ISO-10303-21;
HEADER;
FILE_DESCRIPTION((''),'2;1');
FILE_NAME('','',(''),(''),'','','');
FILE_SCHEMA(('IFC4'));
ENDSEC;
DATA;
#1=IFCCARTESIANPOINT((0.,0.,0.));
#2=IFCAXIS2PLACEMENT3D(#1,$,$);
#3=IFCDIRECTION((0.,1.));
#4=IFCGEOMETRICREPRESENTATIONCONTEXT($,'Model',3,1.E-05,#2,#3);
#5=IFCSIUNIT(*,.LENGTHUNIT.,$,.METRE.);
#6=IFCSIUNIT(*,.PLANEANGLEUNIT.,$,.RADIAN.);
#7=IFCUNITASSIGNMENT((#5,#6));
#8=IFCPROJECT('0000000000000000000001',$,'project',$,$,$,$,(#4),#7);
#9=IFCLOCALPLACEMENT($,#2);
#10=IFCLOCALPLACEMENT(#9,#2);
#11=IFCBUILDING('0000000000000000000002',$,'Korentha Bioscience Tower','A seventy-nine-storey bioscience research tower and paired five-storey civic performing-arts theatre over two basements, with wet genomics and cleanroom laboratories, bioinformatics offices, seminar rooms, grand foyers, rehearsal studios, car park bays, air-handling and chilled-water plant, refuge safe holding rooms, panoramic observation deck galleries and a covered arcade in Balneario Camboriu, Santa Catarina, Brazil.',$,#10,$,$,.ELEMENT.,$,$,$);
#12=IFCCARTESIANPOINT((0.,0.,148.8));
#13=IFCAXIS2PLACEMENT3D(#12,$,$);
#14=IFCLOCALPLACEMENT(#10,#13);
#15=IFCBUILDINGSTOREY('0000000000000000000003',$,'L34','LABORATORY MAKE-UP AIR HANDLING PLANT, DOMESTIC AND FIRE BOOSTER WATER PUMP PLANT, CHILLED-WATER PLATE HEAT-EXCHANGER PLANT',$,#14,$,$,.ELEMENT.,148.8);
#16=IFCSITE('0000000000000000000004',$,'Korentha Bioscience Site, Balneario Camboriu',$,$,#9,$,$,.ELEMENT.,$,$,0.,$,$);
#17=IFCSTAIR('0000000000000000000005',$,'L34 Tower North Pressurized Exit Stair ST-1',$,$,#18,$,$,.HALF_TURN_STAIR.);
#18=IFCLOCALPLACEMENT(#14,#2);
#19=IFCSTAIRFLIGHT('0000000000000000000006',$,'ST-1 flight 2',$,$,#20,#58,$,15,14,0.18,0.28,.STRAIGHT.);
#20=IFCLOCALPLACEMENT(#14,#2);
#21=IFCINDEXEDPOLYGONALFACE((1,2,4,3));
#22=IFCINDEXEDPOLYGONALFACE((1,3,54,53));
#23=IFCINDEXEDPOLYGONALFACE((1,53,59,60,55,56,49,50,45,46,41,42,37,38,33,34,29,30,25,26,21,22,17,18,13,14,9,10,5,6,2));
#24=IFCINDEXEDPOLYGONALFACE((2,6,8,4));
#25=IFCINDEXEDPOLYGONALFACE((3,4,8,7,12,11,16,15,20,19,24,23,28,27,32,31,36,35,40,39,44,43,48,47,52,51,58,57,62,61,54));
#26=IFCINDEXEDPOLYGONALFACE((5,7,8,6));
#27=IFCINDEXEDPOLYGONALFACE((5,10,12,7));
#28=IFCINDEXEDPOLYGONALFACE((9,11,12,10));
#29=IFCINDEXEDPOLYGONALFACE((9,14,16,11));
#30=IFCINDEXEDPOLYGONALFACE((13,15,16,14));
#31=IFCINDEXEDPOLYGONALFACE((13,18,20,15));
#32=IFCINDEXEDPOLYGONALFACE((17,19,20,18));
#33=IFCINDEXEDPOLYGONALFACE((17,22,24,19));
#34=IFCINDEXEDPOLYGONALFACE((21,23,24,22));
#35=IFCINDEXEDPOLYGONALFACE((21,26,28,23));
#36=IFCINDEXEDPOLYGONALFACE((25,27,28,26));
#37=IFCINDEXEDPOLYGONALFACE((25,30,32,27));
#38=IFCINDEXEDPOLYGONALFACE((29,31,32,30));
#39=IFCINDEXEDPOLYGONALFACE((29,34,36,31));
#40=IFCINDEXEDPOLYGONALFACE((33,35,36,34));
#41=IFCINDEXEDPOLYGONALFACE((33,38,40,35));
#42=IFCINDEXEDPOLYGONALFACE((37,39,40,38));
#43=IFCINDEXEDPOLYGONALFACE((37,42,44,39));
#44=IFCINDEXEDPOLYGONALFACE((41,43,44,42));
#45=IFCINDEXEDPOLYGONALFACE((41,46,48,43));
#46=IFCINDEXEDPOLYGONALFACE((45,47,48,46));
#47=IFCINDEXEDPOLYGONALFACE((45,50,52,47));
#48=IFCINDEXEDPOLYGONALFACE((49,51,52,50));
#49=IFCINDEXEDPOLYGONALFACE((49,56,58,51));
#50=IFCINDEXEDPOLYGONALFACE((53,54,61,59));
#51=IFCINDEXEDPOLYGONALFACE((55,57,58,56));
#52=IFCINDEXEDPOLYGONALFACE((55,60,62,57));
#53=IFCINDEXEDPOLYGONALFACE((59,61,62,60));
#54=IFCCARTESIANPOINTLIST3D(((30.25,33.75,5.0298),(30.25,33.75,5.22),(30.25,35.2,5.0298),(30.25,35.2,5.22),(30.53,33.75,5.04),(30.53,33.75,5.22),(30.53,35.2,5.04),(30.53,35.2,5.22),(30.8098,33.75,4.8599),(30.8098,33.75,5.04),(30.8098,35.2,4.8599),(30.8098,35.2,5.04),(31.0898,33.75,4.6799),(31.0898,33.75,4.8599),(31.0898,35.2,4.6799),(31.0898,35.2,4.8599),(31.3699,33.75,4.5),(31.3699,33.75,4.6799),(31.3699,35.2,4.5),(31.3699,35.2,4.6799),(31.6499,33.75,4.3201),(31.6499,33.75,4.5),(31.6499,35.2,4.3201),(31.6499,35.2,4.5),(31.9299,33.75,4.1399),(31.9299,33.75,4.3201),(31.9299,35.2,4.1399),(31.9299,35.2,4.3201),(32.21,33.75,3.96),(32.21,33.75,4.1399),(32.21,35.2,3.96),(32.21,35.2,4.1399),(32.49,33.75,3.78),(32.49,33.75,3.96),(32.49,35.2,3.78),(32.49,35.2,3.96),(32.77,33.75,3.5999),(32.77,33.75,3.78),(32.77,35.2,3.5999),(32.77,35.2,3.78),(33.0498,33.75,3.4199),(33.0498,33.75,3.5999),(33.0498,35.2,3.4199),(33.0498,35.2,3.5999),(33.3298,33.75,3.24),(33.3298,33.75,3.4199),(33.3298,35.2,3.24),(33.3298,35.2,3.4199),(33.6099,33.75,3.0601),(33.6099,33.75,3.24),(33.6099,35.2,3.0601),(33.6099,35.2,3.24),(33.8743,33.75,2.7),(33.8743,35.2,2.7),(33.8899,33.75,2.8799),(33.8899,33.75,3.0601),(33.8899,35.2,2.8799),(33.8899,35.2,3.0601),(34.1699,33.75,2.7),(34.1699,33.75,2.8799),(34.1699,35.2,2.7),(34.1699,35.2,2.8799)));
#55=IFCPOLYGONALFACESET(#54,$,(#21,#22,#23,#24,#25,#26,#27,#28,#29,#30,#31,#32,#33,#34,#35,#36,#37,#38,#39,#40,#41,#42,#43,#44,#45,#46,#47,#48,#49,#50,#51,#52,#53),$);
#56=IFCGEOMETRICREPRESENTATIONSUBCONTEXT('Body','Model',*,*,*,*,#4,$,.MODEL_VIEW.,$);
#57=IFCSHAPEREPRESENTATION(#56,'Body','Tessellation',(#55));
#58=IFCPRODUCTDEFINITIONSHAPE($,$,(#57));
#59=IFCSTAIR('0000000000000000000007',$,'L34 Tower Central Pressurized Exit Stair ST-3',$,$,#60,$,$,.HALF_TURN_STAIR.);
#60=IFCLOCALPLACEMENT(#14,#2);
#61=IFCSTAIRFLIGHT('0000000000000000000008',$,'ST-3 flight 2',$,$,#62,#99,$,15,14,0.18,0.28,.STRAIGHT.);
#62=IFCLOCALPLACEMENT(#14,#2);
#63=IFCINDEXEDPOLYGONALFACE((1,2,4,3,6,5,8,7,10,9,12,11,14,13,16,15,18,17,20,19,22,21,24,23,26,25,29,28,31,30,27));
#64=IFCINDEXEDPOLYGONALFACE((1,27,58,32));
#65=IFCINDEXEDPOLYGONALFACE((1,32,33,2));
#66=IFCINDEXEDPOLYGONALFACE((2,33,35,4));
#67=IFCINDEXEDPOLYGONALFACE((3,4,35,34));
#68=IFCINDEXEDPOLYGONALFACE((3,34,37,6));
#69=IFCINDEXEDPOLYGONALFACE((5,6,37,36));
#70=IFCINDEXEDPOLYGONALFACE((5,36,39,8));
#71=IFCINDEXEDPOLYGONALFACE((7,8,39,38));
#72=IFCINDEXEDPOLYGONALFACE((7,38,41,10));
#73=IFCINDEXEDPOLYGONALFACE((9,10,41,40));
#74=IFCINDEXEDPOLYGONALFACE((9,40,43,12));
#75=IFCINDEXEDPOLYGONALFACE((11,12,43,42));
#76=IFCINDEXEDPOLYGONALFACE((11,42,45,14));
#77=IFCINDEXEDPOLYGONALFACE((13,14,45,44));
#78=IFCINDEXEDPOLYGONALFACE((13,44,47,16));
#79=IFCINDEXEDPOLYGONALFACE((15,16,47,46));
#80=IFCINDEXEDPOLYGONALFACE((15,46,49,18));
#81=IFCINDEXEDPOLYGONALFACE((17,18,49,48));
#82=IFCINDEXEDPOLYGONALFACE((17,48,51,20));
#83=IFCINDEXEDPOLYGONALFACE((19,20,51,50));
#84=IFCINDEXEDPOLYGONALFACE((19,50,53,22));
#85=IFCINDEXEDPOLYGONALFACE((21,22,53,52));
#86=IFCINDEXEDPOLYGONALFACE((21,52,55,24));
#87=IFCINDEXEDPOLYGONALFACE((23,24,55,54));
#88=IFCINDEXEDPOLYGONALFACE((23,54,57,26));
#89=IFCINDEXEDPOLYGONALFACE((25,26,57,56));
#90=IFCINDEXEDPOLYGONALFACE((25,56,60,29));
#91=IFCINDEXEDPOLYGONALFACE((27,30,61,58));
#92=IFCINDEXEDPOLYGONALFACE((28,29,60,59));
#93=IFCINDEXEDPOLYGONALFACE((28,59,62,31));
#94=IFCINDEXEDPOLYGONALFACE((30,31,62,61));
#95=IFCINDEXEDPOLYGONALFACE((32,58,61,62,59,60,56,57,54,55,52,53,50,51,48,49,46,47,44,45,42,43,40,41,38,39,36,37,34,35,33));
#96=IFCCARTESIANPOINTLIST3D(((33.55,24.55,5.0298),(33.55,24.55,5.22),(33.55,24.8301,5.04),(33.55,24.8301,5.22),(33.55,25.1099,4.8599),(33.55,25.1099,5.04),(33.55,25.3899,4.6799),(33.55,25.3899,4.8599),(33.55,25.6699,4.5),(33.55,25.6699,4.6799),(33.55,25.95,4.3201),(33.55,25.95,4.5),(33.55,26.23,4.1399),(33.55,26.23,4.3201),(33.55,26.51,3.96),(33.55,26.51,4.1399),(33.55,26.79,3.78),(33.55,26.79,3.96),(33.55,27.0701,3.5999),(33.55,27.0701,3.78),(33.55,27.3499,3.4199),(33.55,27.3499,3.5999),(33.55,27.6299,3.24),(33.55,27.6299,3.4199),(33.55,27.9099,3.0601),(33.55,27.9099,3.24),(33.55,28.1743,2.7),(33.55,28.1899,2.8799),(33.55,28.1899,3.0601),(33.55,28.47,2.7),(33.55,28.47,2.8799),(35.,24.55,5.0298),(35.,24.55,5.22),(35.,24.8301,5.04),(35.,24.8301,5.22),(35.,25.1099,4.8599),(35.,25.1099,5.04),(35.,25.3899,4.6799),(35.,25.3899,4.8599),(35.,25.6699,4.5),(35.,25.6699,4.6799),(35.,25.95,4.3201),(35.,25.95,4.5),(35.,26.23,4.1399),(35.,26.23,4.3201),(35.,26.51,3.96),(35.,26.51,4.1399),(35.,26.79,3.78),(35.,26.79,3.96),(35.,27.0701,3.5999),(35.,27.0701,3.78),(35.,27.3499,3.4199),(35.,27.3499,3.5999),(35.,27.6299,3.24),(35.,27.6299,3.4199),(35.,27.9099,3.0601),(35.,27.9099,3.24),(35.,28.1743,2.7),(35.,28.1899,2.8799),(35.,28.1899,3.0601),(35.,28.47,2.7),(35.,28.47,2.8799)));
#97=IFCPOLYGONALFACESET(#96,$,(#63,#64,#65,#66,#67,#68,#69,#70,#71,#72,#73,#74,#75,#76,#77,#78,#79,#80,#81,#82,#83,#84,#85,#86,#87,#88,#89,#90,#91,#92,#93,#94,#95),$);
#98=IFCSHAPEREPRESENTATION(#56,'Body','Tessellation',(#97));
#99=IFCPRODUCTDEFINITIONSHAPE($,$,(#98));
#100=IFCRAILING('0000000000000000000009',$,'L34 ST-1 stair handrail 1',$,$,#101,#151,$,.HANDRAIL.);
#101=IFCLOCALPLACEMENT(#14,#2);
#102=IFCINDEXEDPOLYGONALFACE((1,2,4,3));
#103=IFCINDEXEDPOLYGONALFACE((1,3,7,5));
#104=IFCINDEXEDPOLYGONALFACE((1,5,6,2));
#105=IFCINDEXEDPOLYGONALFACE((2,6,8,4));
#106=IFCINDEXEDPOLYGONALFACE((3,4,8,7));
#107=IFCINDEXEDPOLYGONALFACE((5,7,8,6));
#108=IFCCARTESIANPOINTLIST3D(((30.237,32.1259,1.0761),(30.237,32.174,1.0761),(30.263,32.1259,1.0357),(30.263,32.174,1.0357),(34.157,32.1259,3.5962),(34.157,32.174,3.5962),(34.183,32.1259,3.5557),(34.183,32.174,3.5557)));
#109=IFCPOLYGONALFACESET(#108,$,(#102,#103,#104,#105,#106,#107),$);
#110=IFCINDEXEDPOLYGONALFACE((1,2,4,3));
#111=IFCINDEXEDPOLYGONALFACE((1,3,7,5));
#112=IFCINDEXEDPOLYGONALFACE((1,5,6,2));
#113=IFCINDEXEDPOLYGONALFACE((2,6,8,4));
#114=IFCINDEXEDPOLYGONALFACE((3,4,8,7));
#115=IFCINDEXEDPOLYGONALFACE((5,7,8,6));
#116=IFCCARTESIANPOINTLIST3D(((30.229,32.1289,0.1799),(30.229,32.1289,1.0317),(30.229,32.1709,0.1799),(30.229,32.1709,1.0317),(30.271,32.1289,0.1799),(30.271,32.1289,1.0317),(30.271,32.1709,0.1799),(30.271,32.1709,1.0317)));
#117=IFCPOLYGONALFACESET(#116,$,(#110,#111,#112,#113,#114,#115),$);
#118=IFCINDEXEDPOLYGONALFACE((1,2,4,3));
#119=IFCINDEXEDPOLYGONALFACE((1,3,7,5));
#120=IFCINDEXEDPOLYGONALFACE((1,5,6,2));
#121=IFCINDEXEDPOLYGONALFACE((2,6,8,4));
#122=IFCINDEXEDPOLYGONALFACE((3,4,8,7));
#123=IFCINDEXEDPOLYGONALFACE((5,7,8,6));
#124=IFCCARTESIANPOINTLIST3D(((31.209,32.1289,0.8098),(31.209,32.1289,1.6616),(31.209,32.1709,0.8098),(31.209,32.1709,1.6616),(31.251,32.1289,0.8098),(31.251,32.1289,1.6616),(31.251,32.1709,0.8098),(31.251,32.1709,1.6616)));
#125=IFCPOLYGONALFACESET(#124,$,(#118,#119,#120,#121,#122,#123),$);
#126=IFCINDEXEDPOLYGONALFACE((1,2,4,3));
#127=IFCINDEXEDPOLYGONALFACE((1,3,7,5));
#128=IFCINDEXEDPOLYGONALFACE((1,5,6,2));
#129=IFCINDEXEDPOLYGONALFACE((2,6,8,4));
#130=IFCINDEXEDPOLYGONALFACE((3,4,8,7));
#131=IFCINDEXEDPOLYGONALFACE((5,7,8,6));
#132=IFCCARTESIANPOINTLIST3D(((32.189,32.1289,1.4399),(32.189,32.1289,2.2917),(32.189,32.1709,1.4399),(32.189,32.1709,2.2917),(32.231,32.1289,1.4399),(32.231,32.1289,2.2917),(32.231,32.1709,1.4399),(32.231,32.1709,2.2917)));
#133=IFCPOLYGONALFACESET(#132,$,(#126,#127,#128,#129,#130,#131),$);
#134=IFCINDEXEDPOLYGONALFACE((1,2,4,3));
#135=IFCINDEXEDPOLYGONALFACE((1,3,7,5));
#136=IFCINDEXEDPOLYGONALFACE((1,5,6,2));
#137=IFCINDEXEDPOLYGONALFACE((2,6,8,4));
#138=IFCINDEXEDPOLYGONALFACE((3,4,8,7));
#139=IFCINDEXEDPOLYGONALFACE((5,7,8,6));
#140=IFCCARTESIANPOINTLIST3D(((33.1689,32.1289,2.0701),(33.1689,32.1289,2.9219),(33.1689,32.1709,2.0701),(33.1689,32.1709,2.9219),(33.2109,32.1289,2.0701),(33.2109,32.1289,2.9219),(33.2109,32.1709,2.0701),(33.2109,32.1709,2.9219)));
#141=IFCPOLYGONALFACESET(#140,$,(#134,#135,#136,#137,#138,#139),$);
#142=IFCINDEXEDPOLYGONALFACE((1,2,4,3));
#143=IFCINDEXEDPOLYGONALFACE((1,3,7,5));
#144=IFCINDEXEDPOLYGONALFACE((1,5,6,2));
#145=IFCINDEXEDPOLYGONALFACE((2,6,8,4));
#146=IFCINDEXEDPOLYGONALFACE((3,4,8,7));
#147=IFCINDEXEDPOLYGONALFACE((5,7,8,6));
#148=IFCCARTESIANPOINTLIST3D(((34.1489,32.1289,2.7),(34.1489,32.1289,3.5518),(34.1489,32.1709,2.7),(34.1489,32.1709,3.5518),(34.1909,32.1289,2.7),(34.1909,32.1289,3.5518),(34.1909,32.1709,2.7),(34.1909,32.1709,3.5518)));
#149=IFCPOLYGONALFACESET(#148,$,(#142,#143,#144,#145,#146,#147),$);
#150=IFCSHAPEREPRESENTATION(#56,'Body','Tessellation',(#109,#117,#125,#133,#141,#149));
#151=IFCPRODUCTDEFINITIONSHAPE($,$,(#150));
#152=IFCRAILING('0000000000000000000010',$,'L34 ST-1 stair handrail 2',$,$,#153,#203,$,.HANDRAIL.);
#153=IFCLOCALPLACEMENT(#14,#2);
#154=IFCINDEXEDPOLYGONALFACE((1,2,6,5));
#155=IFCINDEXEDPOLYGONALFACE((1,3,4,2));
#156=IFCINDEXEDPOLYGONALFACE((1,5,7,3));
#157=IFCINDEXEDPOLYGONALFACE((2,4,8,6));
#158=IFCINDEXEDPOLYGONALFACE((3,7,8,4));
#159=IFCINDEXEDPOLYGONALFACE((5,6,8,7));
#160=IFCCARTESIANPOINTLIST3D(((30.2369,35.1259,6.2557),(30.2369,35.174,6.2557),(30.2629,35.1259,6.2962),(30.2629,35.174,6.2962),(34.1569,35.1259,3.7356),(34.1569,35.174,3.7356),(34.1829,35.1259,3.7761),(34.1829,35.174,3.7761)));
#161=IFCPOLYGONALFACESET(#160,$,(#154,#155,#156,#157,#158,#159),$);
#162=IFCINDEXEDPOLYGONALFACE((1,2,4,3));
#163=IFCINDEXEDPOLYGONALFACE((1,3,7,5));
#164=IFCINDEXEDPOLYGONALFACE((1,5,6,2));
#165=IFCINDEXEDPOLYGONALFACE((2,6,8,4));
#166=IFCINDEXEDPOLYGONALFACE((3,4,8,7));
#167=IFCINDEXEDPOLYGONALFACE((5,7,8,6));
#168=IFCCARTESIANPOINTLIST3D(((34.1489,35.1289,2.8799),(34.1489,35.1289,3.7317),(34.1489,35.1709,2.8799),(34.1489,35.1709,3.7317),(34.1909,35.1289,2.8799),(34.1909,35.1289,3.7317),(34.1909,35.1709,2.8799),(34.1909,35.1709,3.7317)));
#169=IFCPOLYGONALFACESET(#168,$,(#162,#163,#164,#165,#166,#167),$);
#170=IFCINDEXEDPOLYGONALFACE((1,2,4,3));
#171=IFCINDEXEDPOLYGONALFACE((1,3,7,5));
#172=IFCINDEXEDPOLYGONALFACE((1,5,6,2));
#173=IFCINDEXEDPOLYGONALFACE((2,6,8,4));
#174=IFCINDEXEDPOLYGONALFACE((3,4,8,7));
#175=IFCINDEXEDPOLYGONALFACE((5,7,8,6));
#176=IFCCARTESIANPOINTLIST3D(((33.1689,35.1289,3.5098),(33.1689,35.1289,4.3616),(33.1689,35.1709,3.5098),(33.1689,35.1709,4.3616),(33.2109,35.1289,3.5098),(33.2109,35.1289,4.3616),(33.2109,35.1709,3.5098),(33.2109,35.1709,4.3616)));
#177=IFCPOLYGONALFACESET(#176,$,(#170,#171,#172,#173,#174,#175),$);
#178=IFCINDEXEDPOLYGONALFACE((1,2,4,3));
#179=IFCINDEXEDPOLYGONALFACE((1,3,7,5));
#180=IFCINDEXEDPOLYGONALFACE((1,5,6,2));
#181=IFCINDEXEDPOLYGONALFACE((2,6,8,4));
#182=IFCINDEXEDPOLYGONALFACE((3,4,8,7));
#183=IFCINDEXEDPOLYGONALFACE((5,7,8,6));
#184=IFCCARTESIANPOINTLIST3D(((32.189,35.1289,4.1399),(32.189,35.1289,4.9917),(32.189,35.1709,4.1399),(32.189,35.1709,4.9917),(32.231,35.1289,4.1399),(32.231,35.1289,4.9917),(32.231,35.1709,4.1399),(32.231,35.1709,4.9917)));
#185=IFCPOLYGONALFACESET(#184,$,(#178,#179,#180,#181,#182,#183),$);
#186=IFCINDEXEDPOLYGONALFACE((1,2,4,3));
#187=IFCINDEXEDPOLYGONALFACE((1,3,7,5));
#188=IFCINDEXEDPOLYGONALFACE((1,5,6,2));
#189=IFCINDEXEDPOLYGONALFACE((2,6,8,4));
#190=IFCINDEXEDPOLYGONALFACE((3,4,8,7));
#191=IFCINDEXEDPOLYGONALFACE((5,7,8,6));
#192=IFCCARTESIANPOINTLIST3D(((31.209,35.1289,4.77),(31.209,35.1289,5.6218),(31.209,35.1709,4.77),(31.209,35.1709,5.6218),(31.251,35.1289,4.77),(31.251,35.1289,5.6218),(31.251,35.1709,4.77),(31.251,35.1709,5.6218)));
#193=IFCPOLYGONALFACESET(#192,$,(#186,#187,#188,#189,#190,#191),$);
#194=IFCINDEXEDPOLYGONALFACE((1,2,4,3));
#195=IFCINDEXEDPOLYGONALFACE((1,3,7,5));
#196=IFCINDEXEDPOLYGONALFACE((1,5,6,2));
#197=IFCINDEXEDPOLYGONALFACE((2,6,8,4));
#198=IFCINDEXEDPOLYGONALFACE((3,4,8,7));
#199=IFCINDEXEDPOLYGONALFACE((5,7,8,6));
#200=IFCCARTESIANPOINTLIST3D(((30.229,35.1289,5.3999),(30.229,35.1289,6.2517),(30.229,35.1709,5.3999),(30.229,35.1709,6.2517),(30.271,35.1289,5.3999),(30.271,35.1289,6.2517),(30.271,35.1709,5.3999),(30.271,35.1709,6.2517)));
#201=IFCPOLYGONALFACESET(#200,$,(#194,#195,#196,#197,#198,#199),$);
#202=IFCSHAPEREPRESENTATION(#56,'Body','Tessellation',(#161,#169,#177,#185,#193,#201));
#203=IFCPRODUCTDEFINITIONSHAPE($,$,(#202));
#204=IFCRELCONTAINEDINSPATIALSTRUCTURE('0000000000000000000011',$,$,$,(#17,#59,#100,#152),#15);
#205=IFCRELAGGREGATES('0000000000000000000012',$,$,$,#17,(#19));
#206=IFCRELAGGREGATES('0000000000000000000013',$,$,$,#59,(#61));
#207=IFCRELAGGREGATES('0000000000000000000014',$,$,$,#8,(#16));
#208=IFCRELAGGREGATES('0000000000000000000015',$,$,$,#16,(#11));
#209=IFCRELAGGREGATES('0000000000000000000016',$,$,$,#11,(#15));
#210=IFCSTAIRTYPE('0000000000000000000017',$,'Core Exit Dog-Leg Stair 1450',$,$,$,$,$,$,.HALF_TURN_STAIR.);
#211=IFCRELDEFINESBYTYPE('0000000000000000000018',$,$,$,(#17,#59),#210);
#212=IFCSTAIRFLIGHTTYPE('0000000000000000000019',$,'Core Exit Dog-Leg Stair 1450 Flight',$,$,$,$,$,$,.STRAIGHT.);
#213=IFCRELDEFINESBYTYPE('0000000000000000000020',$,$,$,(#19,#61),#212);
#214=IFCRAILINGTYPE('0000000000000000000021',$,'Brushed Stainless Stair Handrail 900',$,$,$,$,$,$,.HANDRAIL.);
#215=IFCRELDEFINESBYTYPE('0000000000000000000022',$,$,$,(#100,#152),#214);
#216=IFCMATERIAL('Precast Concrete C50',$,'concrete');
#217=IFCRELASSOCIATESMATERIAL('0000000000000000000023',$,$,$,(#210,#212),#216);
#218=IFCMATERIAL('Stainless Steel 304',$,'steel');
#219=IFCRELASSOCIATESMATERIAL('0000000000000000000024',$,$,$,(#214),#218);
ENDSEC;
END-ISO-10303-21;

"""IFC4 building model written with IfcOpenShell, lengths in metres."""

from ifc_helpers import new_model, si_unit, direction, frame, origin, origin_2d, place, context, subcontext, project, spatial, polyline, rectangle, outline, extrude, material, type_object, element, aggregate, save


model = new_model("IFC4")

# Units and contexts
model_context = context("Model", 3, precision=1e-05, world=origin(), true_north=direction((0.0, 1.0)))
body_context = subcontext(model_context, "Body", "Model", "MODEL_VIEW")
ifc_project = project(units=[si_unit("LENGTHUNIT", "METRE"), si_unit("PLANEANGLEUNIT", "RADIAN")], contexts=[model_context])

# Site, building, storey
site_placement = place(None, origin())
site = spatial("IfcSite", under=ifc_project, at=site_placement, Name="Korentha Bioscience Site, Balneario Camboriu", CompositionType="ELEMENT", RefElevation=0.0)
building_placement = place(site_placement, origin())
building = spatial("IfcBuilding", under=site, at=building_placement, Name="Korentha Bioscience Tower", Description="A seventy-nine-storey bioscience research tower and paired five-storey civic performing-arts theatre over two basements, with wet genomics and cleanroom laboratories, bioinformatics offices, seminar rooms, grand foyers, rehearsal studios, car park bays, air-handling and chilled-water plant, refuge safe holding rooms, panoramic observation deck galleries and a covered arcade in Balneario Camboriu, Santa Catarina, Brazil.", CompositionType="ELEMENT")
storey_placement = place(building_placement, frame((0.0, 0.0, 148.8)))
storey = spatial("IfcBuildingStorey", under=building, at=storey_placement, Name="L34", Description="LABORATORY MAKE-UP AIR HANDLING PLANT, DOMESTIC AND FIRE BOOSTER WATER PUMP PLANT, CHILLED-WATER PLATE HEAT-EXCHANGER PLANT", CompositionType="ELEMENT", Elevation=148.8)

# Stair, stair flight
ifc_material_1 = material(Name="Precast Concrete C50", Category="concrete")
stair_type = type_object("IfcStairType", Name="Core Exit Dog-Leg Stair 1450", PredefinedType="HALF_TURN_STAIR", material=ifc_material_1)
stair_1_placement = place(storey_placement, origin())
stair_1 = element("IfcStair", 1, at=stair_1_placement, inside=storey, type_object=stair_type, Name="L34 Tower North Pressurized Exit Stair ST-1", PredefinedType="HALF_TURN_STAIR")
stair_flight_type = type_object("IfcStairFlightType", Name="Core Exit Dog-Leg Stair 1450 Flight", PredefinedType="STRAIGHT", material=ifc_material_1)
stair_flight_1_placement = place(storey_placement, frame((34.1699, 34.4751, 2.7), z_axis=(0.0, 0.0, 1.0), x_axis=(-1.0, 0.0, 0.0)))
stair_flight_1 = element("IfcStairFlight", 2, at=stair_flight_1_placement, type_object=stair_flight_type, Name="ST-1 flight 2", NumberOfRisers=15, NumberOfTreads=14, PredefinedType="STRAIGHT", RiserHeight=0.18, TreadLength=0.28, context=body_context, shape_type="SweptSolid", body=[
    extrude(outline(polyline([(0.0, 0.0), (0.0, 0.1799), (0.28, 0.1799), (0.28, 0.3601), (0.5601, 0.3601), (0.5601, 0.54), (0.8401, 0.54), (0.8401, 0.72), (1.1201, 0.72), (1.1201, 0.8999), (1.3999, 0.8999), (1.3999, 1.0801), (1.6799, 1.0801), (1.6799, 1.26), (1.96, 1.26), (1.96, 1.4399), (2.24, 1.4399), (2.24, 1.6201), (2.52, 1.6201), (2.52, 1.8), (2.8, 1.8), (2.8, 1.98), (3.0801, 1.98), (3.0801, 2.1599), (3.3601, 2.1599), (3.3601, 2.3401), (3.6399, 2.3401), (3.6399, 2.52), (3.9199, 2.52), (3.9199, 2.7), (3.9199, 2.3298), (0.2957, 0.0), (0.0, 0.0)])), frame((0.0, 0.7251, 0.0), z_axis=(0.0, -1.0, 0.0), x_axis=(1.0, 0.0, 0.0)), (0.0, 0.0, 1.0), 1.45),
])
aggregate(stair_1, [stair_flight_1])

# Stair, stair flight
stair_2_placement = place(storey_placement, origin())
stair_2 = element("IfcStair", 3, at=stair_2_placement, inside=storey, type_object=stair_type, Name="L34 Tower Central Pressurized Exit Stair ST-3", PredefinedType="HALF_TURN_STAIR")
stair_flight_2_placement = place(storey_placement, frame((34.2749, 28.47, 2.7), z_axis=(0.0, 0.0, 1.0), x_axis=(0.0, -1.0, 0.0)))
stair_flight_2 = element("IfcStairFlight", 4, at=stair_flight_2_placement, type_object=stair_flight_type, Name="ST-3 flight 2", NumberOfRisers=15, NumberOfTreads=14, PredefinedType="STRAIGHT", RiserHeight=0.18, TreadLength=0.28, context=body_context, shape_type="SweptSolid", body=[
    extrude(outline(polyline([(0.0, 0.0), (0.0, 0.1799), (0.28, 0.1799), (0.28, 0.3601), (0.5601, 0.3601), (0.5601, 0.54), (0.8401, 0.54), (0.8401, 0.72), (1.1201, 0.72), (1.1201, 0.8999), (1.3999, 0.8999), (1.3999, 1.0801), (1.6799, 1.0801), (1.6799, 1.26), (1.96, 1.26), (1.96, 1.4399), (2.24, 1.4399), (2.24, 1.6201), (2.52, 1.6201), (2.52, 1.8), (2.8, 1.8), (2.8, 1.98), (3.0801, 1.98), (3.0801, 2.1599), (3.3601, 2.1599), (3.3601, 2.3401), (3.6399, 2.3401), (3.6399, 2.52), (3.9199, 2.52), (3.9199, 2.7), (3.9199, 2.3298), (0.2957, 0.0), (0.0, 0.0)])), frame((0.0, 0.7251, 0.0), z_axis=(0.0, -1.0, 0.0), x_axis=(1.0, 0.0, 0.0)), (0.0, 0.0, 1.0), 1.45),
])
aggregate(stair_2, [stair_flight_2])

# Railings
ifc_material_2 = material(Name="Stainless Steel 304", Category="steel")
railing_type_1 = type_object("IfcRailingType", Name="Brushed Stainless Stair Handrail 900", PredefinedType="HANDRAIL", material=ifc_material_2)
railing_1_placement = place(storey_placement, frame((30.25, 32.1499, 0.1799)))
element("IfcRailing", 5, at=railing_1_placement, inside=storey, type_object=railing_type_1, Name="L34 ST-1 stair handrail 1", PredefinedType="HANDRAIL", context=body_context, shape_type="SweptSolid", body=[
    extrude(rectangle(XDim=0.0481, YDim=0.0481, at=origin_2d()), frame((0.0, 0.0, 0.876), z_axis=(0.841172, 0.0, 0.540768), x_axis=(0.0, 1.0, 0.0)), (0.0, 0.0, 1.0), 4.6602),
    extrude(rectangle(XDim=0.042, YDim=0.042, at=origin_2d()), origin(), (0.0, 0.0, 1.0), 0.8518),
    extrude(rectangle(XDim=0.042, YDim=0.042, at=origin_2d()), frame((0.98, 0.0, 0.6299)), (0.0, 0.0, 1.0), 0.8518),
    extrude(rectangle(XDim=0.042, YDim=0.042, at=origin_2d()), frame((1.96, 0.0, 1.26)), (0.0, 0.0, 1.0), 0.8518),
    extrude(rectangle(XDim=0.042, YDim=0.042, at=origin_2d()), frame((2.9399, 0.0, 1.8901)), (0.0, 0.0, 1.0), 0.8518),
    extrude(rectangle(XDim=0.042, YDim=0.042, at=origin_2d()), frame((3.9199, 0.0, 2.52)), (0.0, 0.0, 1.0), 0.8518),
])
railing_2_placement = place(storey_placement, frame((34.1699, 35.1499, 2.8799)))
element("IfcRailing", 6, at=railing_2_placement, inside=storey, type_object=railing_type_1, Name="L34 ST-1 stair handrail 2", PredefinedType="HANDRAIL", context=body_context, shape_type="SweptSolid", body=[
    extrude(rectangle(XDim=0.0481, YDim=0.0481, at=origin_2d()), frame((0.0, 0.0, 0.876), z_axis=(-0.841172, 0.0, 0.540768), x_axis=(0.0, -1.0, 0.0)), (0.0, 0.0, 1.0), 4.6602),
    extrude(rectangle(XDim=0.042, YDim=0.042, at=origin_2d()), origin(), (0.0, 0.0, 1.0), 0.8518),
    extrude(rectangle(XDim=0.042, YDim=0.042, at=origin_2d()), frame((-0.98, 0.0, 0.6299)), (0.0, 0.0, 1.0), 0.8518),
    extrude(rectangle(XDim=0.042, YDim=0.042, at=origin_2d()), frame((-1.96, 0.0, 1.26)), (0.0, 0.0, 1.0), 0.8518),
    extrude(rectangle(XDim=0.042, YDim=0.042, at=origin_2d()), frame((-2.9399, 0.0, 1.8901)), (0.0, 0.0, 1.0), 0.8518),
    extrude(rectangle(XDim=0.042, YDim=0.042, at=origin_2d()), frame((-3.9199, 0.0, 2.52)), (0.0, 0.0, 1.0), 0.8518),
])

save(model, "model.ifc")
